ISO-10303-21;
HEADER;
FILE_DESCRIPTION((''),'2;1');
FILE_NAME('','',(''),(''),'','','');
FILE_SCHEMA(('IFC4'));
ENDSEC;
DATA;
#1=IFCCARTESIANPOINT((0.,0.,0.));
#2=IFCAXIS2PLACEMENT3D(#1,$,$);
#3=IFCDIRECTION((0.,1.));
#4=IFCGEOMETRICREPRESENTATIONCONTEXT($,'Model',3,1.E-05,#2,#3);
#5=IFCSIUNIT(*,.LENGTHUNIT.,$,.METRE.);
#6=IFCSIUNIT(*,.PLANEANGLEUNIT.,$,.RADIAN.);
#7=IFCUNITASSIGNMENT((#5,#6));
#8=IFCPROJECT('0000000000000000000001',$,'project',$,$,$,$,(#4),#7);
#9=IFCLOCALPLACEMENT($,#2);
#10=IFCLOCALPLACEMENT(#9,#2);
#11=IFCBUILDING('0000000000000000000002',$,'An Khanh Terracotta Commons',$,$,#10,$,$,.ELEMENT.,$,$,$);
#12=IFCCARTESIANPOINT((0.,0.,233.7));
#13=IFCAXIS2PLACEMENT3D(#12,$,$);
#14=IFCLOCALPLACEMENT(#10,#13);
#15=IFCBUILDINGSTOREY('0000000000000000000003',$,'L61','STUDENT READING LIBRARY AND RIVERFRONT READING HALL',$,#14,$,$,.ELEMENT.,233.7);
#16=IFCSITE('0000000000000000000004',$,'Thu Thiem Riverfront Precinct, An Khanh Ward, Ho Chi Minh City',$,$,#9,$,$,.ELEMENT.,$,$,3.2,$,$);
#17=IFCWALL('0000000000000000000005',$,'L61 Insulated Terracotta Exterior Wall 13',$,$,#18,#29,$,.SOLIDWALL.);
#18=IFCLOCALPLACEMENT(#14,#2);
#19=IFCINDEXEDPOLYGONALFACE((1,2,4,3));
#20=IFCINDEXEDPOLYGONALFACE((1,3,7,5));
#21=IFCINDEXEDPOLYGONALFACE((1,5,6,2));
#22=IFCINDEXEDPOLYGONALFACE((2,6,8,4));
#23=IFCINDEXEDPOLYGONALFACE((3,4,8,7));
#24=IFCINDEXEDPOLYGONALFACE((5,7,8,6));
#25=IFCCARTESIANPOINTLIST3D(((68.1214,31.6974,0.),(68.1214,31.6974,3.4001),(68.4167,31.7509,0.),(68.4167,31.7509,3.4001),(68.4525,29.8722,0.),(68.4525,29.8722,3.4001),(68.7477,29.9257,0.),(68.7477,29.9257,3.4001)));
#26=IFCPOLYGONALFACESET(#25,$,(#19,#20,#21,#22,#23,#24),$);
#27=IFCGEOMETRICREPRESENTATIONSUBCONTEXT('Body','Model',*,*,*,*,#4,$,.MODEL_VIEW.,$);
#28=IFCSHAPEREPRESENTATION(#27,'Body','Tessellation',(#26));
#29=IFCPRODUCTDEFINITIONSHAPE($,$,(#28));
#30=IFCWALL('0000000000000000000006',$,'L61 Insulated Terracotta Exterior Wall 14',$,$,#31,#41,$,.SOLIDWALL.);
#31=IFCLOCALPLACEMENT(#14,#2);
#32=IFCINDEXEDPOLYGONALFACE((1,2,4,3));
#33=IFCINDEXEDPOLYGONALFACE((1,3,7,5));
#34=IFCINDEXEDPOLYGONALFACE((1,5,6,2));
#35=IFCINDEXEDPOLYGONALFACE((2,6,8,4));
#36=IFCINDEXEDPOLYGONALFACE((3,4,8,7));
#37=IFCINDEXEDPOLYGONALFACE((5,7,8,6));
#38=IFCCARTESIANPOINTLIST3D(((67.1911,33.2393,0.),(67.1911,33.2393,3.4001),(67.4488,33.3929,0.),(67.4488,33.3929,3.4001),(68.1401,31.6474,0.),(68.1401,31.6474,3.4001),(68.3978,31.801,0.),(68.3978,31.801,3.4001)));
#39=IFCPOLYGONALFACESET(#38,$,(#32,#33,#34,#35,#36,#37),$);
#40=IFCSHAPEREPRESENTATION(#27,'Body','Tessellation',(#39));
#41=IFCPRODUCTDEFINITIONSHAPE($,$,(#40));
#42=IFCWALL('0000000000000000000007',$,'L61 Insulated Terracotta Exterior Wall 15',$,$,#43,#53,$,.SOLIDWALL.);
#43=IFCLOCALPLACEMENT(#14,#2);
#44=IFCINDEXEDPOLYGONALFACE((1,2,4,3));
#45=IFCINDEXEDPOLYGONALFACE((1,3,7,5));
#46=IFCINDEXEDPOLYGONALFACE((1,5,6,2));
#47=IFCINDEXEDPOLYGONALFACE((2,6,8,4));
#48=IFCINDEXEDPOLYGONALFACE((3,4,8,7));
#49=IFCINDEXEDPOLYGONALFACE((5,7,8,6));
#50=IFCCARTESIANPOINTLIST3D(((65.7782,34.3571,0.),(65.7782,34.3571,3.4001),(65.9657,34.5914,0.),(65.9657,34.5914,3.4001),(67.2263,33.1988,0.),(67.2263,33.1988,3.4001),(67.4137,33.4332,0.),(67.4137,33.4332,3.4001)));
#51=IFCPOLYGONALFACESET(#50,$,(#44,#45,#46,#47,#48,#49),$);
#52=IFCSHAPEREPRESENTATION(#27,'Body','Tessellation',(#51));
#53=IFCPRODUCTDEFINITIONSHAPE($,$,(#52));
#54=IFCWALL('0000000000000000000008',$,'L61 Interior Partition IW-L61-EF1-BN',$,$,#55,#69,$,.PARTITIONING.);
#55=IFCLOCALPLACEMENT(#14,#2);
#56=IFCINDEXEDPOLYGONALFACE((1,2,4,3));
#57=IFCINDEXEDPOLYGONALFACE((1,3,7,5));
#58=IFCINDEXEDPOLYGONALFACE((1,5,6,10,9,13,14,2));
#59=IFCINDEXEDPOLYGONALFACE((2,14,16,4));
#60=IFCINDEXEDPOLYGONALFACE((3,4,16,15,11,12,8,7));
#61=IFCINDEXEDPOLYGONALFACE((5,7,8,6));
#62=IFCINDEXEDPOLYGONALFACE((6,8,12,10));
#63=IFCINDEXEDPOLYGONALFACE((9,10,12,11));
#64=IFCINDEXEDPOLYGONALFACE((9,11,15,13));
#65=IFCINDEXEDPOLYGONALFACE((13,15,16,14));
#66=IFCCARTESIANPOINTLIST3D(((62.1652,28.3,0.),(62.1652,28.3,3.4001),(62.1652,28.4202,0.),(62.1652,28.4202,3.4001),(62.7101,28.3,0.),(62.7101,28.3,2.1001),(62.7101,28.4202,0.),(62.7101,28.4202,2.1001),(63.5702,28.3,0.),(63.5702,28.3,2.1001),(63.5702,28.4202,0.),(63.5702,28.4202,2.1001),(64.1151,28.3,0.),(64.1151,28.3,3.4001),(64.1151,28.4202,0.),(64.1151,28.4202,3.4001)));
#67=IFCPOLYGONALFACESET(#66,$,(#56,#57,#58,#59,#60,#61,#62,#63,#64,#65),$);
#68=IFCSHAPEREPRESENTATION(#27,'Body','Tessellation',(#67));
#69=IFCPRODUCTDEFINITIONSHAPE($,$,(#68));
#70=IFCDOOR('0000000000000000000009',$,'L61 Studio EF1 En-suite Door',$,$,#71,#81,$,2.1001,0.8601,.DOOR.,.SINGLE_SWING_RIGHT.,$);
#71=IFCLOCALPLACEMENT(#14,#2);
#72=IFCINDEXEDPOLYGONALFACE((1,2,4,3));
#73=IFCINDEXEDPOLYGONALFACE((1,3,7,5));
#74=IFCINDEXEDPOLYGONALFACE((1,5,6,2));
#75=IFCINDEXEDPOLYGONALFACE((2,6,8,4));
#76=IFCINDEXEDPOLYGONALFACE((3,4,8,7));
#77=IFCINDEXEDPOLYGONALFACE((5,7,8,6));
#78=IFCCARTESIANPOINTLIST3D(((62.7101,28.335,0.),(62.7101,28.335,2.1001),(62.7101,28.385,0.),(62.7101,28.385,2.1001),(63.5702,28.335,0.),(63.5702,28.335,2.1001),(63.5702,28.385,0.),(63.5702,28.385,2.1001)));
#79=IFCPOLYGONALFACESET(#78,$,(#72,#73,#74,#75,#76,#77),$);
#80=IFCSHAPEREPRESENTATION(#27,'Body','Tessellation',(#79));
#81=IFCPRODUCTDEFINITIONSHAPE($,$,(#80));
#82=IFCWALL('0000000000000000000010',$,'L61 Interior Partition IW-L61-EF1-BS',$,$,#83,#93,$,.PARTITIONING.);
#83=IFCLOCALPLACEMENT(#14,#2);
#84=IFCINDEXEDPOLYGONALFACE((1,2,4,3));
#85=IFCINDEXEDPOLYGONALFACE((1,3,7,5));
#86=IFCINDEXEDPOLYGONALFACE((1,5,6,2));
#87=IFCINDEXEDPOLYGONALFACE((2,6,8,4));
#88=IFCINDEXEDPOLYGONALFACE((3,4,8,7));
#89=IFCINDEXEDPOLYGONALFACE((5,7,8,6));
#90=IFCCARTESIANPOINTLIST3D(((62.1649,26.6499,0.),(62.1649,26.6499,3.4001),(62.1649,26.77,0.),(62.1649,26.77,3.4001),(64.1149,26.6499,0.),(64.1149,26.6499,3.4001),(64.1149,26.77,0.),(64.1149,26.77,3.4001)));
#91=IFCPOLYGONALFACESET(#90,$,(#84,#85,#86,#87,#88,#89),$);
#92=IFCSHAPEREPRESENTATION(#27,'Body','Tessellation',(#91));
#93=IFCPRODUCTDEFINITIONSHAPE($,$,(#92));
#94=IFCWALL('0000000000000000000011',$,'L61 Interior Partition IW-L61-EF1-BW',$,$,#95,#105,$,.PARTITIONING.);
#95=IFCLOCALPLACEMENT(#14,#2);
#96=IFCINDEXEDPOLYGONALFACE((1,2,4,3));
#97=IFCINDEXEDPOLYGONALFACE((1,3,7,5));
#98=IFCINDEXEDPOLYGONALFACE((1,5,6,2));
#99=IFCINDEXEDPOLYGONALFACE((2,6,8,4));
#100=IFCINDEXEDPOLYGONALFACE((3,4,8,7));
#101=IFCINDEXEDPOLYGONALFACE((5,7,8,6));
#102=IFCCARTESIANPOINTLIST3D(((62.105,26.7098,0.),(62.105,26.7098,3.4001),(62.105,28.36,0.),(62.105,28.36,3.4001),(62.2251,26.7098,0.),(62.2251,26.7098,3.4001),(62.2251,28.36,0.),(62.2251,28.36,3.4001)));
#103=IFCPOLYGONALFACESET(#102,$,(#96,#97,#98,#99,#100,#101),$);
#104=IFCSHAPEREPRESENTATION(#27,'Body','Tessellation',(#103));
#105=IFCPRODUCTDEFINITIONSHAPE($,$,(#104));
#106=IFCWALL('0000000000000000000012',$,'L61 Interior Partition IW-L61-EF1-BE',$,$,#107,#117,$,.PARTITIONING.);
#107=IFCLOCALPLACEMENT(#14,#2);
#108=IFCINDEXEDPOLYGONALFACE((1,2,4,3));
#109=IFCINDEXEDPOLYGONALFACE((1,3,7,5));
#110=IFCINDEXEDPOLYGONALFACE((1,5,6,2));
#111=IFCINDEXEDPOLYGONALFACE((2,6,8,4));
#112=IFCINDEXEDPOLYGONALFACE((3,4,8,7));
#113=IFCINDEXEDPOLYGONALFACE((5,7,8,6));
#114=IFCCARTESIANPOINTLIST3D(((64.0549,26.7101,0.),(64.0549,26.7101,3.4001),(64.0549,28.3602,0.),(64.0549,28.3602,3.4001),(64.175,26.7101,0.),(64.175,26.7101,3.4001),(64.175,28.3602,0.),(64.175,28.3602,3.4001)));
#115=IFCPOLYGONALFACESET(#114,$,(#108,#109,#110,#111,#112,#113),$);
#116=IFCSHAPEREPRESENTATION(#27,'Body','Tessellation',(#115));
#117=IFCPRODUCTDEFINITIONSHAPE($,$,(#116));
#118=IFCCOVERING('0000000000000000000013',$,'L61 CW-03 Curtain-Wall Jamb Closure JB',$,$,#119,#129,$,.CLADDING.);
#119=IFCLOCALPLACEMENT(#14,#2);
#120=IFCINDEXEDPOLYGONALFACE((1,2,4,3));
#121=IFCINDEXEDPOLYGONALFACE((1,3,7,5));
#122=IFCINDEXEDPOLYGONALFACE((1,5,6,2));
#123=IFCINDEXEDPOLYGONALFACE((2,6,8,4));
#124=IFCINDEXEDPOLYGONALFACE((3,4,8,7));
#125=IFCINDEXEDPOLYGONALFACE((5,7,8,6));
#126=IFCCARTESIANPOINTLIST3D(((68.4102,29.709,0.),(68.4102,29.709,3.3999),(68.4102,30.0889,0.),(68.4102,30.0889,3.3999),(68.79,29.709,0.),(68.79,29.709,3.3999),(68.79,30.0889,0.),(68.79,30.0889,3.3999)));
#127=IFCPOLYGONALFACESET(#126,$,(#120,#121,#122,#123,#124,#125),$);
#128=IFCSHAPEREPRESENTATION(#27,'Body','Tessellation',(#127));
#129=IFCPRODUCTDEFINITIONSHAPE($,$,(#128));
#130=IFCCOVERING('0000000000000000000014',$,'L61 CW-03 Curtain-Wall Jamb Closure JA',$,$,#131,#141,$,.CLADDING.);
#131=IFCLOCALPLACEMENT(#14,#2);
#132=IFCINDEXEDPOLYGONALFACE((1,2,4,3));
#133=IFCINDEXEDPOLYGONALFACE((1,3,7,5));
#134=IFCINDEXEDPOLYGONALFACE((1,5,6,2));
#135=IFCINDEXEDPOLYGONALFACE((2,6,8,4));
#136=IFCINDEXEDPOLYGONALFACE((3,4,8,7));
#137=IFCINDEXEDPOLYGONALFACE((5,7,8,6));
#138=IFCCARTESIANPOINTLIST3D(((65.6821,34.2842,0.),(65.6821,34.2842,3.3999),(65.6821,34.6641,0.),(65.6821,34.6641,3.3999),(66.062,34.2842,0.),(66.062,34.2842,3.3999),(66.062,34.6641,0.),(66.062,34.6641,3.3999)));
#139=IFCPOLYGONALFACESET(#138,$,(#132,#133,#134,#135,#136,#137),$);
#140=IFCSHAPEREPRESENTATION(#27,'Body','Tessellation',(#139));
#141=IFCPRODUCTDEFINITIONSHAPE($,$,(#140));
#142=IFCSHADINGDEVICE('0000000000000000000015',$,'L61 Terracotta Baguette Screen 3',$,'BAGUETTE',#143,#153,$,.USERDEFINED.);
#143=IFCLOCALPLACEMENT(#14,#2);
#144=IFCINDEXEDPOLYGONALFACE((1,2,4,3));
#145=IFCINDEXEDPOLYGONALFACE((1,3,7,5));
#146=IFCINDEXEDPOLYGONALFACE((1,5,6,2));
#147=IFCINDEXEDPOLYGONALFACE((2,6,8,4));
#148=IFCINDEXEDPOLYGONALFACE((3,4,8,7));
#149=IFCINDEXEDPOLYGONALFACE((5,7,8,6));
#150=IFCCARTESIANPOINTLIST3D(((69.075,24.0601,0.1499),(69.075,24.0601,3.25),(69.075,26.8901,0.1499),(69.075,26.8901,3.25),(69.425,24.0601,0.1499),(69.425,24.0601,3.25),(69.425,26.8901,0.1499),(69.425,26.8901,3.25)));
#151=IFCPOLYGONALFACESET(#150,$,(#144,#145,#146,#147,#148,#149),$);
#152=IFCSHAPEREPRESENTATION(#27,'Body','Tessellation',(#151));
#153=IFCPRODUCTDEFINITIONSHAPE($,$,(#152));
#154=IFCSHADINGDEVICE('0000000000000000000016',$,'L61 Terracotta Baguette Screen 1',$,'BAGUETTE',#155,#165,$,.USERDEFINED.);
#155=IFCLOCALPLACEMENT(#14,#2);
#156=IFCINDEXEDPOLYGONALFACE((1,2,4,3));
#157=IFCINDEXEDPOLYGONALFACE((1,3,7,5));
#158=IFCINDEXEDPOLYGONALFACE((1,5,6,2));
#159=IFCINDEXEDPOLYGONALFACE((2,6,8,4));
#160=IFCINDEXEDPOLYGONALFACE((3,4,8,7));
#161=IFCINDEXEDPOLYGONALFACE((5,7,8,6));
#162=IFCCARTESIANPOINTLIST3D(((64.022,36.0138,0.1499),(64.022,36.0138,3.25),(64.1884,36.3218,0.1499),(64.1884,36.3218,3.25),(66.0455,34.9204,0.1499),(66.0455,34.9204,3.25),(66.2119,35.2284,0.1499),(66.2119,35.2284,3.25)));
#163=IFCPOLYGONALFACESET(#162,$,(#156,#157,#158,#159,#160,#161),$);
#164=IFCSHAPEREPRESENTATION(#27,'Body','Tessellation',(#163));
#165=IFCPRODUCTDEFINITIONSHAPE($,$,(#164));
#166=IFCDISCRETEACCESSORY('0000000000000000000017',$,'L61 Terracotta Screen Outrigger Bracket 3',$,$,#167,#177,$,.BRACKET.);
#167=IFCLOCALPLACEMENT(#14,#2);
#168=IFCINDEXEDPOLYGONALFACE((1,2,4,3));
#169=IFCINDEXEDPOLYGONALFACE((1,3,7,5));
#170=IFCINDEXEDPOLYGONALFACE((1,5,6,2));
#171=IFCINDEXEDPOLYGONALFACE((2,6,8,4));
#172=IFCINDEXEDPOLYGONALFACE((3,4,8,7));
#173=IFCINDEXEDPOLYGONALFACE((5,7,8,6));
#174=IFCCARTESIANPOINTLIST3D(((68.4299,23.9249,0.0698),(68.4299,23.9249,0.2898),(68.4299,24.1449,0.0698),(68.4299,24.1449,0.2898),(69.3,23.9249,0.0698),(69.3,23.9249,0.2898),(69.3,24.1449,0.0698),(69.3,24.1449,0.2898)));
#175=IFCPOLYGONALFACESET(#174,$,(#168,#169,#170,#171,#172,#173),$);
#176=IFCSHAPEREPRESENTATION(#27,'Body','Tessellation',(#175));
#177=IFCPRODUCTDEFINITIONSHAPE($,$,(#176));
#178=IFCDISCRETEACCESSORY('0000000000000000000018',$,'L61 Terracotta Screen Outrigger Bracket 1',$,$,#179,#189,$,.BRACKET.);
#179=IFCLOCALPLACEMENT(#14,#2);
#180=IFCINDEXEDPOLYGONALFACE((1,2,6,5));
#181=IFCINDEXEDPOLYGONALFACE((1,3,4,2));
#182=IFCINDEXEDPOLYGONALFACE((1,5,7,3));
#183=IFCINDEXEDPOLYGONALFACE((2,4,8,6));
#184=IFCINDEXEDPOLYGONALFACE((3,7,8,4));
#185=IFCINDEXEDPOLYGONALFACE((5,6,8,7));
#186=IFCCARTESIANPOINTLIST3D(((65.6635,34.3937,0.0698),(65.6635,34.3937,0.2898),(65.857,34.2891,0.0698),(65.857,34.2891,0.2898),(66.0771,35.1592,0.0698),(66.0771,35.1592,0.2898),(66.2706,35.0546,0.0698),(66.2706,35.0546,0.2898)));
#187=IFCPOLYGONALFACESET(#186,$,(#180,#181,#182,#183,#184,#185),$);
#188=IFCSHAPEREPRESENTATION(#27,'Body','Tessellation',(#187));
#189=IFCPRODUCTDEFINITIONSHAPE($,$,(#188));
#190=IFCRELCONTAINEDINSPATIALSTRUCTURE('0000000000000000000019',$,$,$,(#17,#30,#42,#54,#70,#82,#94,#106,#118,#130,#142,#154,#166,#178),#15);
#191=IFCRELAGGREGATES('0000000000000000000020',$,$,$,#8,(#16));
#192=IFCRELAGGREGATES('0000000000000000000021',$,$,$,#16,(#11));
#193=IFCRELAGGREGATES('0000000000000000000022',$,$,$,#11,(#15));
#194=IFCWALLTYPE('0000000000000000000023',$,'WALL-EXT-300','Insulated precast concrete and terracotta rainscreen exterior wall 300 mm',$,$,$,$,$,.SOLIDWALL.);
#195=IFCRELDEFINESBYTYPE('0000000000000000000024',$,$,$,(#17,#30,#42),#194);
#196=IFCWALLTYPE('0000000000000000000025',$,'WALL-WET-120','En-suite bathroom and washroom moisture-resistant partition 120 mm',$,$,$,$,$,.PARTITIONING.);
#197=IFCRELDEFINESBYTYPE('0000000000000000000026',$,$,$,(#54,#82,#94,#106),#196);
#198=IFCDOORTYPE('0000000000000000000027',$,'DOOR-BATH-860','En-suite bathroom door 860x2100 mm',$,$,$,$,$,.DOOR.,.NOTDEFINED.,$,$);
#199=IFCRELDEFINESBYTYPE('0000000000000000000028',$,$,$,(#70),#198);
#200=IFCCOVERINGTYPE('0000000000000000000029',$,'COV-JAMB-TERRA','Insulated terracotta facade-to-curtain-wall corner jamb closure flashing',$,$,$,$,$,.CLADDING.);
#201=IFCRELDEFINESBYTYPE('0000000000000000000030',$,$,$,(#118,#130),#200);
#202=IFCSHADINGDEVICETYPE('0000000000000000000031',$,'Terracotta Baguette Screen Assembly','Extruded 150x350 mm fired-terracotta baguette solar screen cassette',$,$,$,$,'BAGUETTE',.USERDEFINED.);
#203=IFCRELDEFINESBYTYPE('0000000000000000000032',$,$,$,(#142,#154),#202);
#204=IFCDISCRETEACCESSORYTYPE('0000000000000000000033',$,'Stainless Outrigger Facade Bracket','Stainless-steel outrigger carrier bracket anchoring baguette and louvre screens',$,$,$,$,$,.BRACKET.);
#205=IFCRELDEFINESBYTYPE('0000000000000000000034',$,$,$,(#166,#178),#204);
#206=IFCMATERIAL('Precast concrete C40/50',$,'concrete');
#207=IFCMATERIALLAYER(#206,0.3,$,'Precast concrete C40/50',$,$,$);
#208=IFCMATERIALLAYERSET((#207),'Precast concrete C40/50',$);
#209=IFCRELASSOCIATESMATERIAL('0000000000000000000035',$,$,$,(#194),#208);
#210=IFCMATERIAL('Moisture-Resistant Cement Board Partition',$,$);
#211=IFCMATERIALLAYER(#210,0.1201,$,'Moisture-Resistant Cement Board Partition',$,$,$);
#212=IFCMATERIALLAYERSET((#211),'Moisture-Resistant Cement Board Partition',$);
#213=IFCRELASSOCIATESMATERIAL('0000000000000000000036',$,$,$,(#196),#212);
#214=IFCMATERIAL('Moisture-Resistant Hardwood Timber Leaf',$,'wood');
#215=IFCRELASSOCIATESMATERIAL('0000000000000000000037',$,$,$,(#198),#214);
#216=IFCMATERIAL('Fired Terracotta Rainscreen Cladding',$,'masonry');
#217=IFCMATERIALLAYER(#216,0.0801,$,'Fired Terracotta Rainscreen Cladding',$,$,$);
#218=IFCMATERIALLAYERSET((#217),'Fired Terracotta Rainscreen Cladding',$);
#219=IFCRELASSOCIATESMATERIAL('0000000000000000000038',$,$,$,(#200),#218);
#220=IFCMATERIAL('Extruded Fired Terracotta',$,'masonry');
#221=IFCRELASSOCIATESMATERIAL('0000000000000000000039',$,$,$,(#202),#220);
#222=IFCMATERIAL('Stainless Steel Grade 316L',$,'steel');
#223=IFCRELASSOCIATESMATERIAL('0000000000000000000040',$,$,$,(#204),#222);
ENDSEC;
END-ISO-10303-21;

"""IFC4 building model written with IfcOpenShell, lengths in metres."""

from ifc_helpers import new_model, si_unit, direction, frame, frame_2d, origin, origin_2d, place, context, subcontext, project, spatial, rectangle, extrude, material, layer, layer_set, type_object, element, fill, save


model = new_model("IFC4")

# Units and contexts
model_context = context("Model", 3, precision=1e-05, world=origin(), true_north=direction((0.0, 1.0)))
body_context = subcontext(model_context, "Body", "Model", "MODEL_VIEW")
ifc_project = project(units=[si_unit("LENGTHUNIT", "METRE"), si_unit("PLANEANGLEUNIT", "RADIAN")], contexts=[model_context])

# Site, building, storey
site_placement = place(None, origin())
site = spatial("IfcSite", under=ifc_project, at=site_placement, Name="Thu Thiem Riverfront Precinct, An Khanh Ward, Ho Chi Minh City", CompositionType="ELEMENT", RefElevation=3.2)
building_placement = place(site_placement, origin())
building = spatial("IfcBuilding", under=site, at=building_placement, Name="An Khanh Terracotta Commons", CompositionType="ELEMENT")
storey_placement = place(building_placement, frame((0.0, 0.0, 233.7)))
storey = spatial("IfcBuildingStorey", under=building, at=storey_placement, Name="L61", Description="STUDENT READING LIBRARY AND RIVERFRONT READING HALL", CompositionType="ELEMENT", Elevation=233.7)

# Walls
ifc_material_1 = material(Name="Precast concrete C40/50", Category="concrete")
ifc_layer_1 = layer(ifc_material_1, 0.3, Name="Precast concrete C40/50")
ifc_layer_set_1 = layer_set([ifc_layer_1], Name="Precast concrete C40/50")
wall_type_1 = type_object("IfcWallType", Name="WALL-EXT-300", Description="Insulated precast concrete and terracotta rainscreen exterior wall 300 mm", PredefinedType="SOLIDWALL", material=ifc_layer_set_1)
wall_1_placement = place(storey_placement, frame((68.6001, 29.8989, 0.0), z_axis=(0.0, 0.0, 1.0), x_axis=(-0.178468, 0.983946, 0.0)))
element("IfcWall", 1, at=wall_1_placement, inside=storey, type_object=wall_type_1, Name="L61 Insulated Terracotta Exterior Wall 13", PredefinedType="SOLIDWALL", context=body_context, shape_type="SweptSolid", body=[
    extrude(rectangle(XDim=1.855, YDim=0.3, at=frame_2d((0.9275, 0.0))), origin(), (0.0, 0.0, 1.0), 3.4001),
])
wall_2_placement = place(storey_placement, frame((68.269, 31.7241, 0.0), z_axis=(0.0, 0.0, 1.0), x_axis=(-0.512072, 0.858943, 0.0)))
element("IfcWall", 2, at=wall_2_placement, inside=storey, type_object=wall_type_1, Name="L61 Insulated Terracotta Exterior Wall 14", PredefinedType="SOLIDWALL", context=body_context, shape_type="SweptSolid", body=[
    extrude(rectangle(XDim=1.8533, YDim=0.3, at=frame_2d((0.9268, 0.0))), origin(), (0.0, 0.0, 1.0), 3.4001),
])
wall_3_placement = place(storey_placement, frame((67.3201, 33.3159, 0.0), z_axis=(0.0, 0.0, 1.0), x_axis=(-0.78092, 0.624631, 0.0)))
element("IfcWall", 3, at=wall_3_placement, inside=storey, type_object=wall_type_1, Name="L61 Insulated Terracotta Exterior Wall 15", PredefinedType="SOLIDWALL", context=body_context, shape_type="SweptSolid", body=[
    extrude(rectangle(XDim=1.8542, YDim=0.3, at=frame_2d((0.9272, 0.0))), origin(), (0.0, 0.0, 1.0), 3.4001),
])

# Wall, opening, door
ifc_material_2 = material(Name="Moisture-Resistant Cement Board Partition")
ifc_layer_2 = layer(ifc_material_2, 0.1201, Name="Moisture-Resistant Cement Board Partition")
ifc_layer_set_2 = layer_set([ifc_layer_2], Name="Moisture-Resistant Cement Board Partition")
wall_type_2 = type_object("IfcWallType", Name="WALL-WET-120", Description="En-suite bathroom and washroom moisture-resistant partition 120 mm", PredefinedType="PARTITIONING", material=ifc_layer_set_2)
wall_4_placement = place(storey_placement, frame((62.165, 28.3601, 0.0), z_axis=(0.0, 0.0, 1.0), x_axis=(1.0, 0.0, 0.0)))
wall_4 = element("IfcWall", 4, at=wall_4_placement, inside=storey, type_object=wall_type_2, Name="L61 Interior Partition IW-L61-EF1-BN", PredefinedType="PARTITIONING", context=body_context, shape_type="SweptSolid", body=[
    extrude(rectangle(XDim=1.95, YDim=0.1201, at=frame_2d((0.9751, 0.0))), origin(), (0.0, 0.0, 1.0), 3.4001),
])
opening_placement = place(wall_4_placement, frame((0.5449, 0.0, 0.0)))
opening = element("IfcOpeningElement", 5, at=opening_placement, cuts=wall_4, PredefinedType="OPENING", context=body_context, shape_type="SweptSolid", body=[
    extrude(rectangle(XDim=0.8601, YDim=2.1001, at=frame_2d((0.4302, 1.05))), frame((0.0, 0.0701, 0.0), z_axis=(0.0, -1.0, 0.0), x_axis=(1.0, 0.0, 0.0)), (0.0, 0.0, 1.0), 0.1401),
])
ifc_material_3 = material(Name="Moisture-Resistant Hardwood Timber Leaf", Category="wood")
door_type = type_object("IfcDoorType", Name="DOOR-BATH-860", Description="En-suite bathroom door 860x2100 mm", OperationType="NOTDEFINED", PredefinedType="DOOR", material=ifc_material_3)
door_placement = place(opening_placement, origin())
door = element("IfcDoor", 6, at=door_placement, inside=storey, type_object=door_type, Name="L61 Studio EF1 En-suite Door", OperationType="SINGLE_SWING_RIGHT", OverallHeight=2.1001, OverallWidth=0.8601, PredefinedType="DOOR", context=body_context, shape_type="SweptSolid", body=[
    extrude(rectangle(XDim=0.8601, YDim=2.1001, at=frame_2d((0.4302, 1.05))), frame((0.0, 0.0249, 0.0), z_axis=(0.0, -1.0, 0.0), x_axis=(1.0, 0.0, 0.0)), (0.0, 0.0, 1.0), 0.05),
])
fill(opening, door)

# Walls
wall_5_placement = place(storey_placement, frame((64.115, 26.71, 0.0), z_axis=(0.0, 0.0, 1.0), x_axis=(-1.0, 0.0, 0.0)))
element("IfcWall", 7, at=wall_5_placement, inside=storey, type_object=wall_type_2, Name="L61 Interior Partition IW-L61-EF1-BS", PredefinedType="PARTITIONING", context=body_context, shape_type="SweptSolid", body=[
    extrude(rectangle(XDim=1.95, YDim=0.1201, at=frame_2d((0.9751, 0.0))), origin(), (0.0, 0.0, 1.0), 3.4001),
])
for number, where, z_axis, x_axis, name in (
    (8, (62.165, 28.3601, 0.0), (0.0, 0.0, 1.0), (0.0, -1.0, 0.0), "L61 Interior Partition IW-L61-EF1-BW"),
    (9, (64.115, 26.71, 0.0), (0.0, 0.0, 1.0), (0.0, 1.0, 0.0), "L61 Interior Partition IW-L61-EF1-BE"),
):
    element("IfcWall", number, at=place(storey_placement, frame(where, z_axis=z_axis, x_axis=x_axis)), inside=storey, type_object=wall_type_2, Name=name, PredefinedType="PARTITIONING", context=body_context, shape_type="SweptSolid", body=[
        extrude(rectangle(XDim=1.6501, YDim=0.1201, at=frame_2d((0.8252, 0.0))), origin(), (0.0, 0.0, 1.0), 3.4001),
    ])

# Coverings
ifc_material_4 = material(Name="Fired Terracotta Rainscreen Cladding", Category="masonry")
ifc_layer_3 = layer(ifc_material_4, 0.0801, Name="Fired Terracotta Rainscreen Cladding")
ifc_layer_set_3 = layer_set([ifc_layer_3], Name="Fired Terracotta Rainscreen Cladding")
covering_type = type_object("IfcCoveringType", Name="COV-JAMB-TERRA", Description="Insulated terracotta facade-to-curtain-wall corner jamb closure flashing", PredefinedType="CLADDING", material=ifc_layer_set_3)
for number, where, z_axis, x_axis, name in (
    (10, (68.6001, 29.8989, 0.0), (0.0, 0.0, 1.0), (1.0, 0.0, 0.0), "L61 CW-03 Curtain-Wall Jamb Closure JB"),
    (11, (65.8721, 34.4741, 0.0), (0.0, 0.0, 1.0), (1.0, 0.0, 0.0), "L61 CW-03 Curtain-Wall Jamb Closure JA"),
):
    element("IfcCovering", number, at=place(storey_placement, frame(where, z_axis=z_axis, x_axis=x_axis)), inside=storey, type_object=covering_type, Name=name, PredefinedType="CLADDING", context=body_context, shape_type="SweptSolid", body=[
        extrude(rectangle(XDim=0.3799, YDim=0.3799, at=origin_2d()), origin(), (0.0, 0.0, 1.0), 3.3999),
    ])

# Shading devices
ifc_material_5 = material(Name="Extruded Fired Terracotta", Category="masonry")
shading_device_type = type_object("IfcShadingDeviceType", Name="Terracotta Baguette Screen Assembly", Description="Extruded 150x350 mm fired-terracotta baguette solar screen cassette", ElementType="BAGUETTE", PredefinedType="USERDEFINED", material=ifc_material_5)
shading_device_1_placement = place(storey_placement, frame((69.25, 25.4751, 0.1499), z_axis=(0.0, 0.0, 1.0), x_axis=(0.0, 1.0, 0.0)))
element("IfcShadingDevice", 12, at=shading_device_1_placement, inside=storey, type_object=shading_device_type, Name="L61 Terracotta Baguette Screen 3", ObjectType="BAGUETTE", PredefinedType="USERDEFINED", context=body_context, shape_type="SweptSolid", body=[
    extrude(rectangle(XDim=2.8301, YDim=0.3501, at=origin_2d()), origin(), (0.0, 0.0, 1.0), 3.1001),
])
shading_device_2_placement = place(storey_placement, frame((65.1169, 35.6211, 0.1499), z_axis=(0.0, 0.0, 1.0), x_axis=(-0.87978, 0.475381, 0.0)))
element("IfcShadingDevice", 13, at=shading_device_2_placement, inside=storey, type_object=shading_device_type, Name="L61 Terracotta Baguette Screen 1", ObjectType="BAGUETTE", PredefinedType="USERDEFINED", context=body_context, shape_type="SweptSolid", body=[
    extrude(rectangle(XDim=2.3, YDim=0.3501, at=origin_2d()), origin(), (0.0, 0.0, 1.0), 3.1001),
])

# Discrete accessories
ifc_material_6 = material(Name="Stainless Steel Grade 316L", Category="steel")
discrete_accessory_type = type_object("IfcDiscreteAccessoryType", Name="Stainless Outrigger Facade Bracket", Description="Stainless-steel outrigger carrier bracket anchoring baguette and louvre screens", PredefinedType="BRACKET", material=ifc_material_6)
for number, where, z_axis, x_axis, name in (
    (14, (68.865, 24.0349, 0.0698), (0.0, 0.0, 1.0), (0.0, 1.0, 0.0), "L61 Terracotta Screen Outrigger Bracket 3"),
    (15, (65.967, 34.7241, 0.0698), (0.0, 0.0, 1.0), (-0.87978, 0.475381, 0.0), "L61 Terracotta Screen Outrigger Bracket 1"),
):
    element("IfcDiscreteAccessory", number, at=place(storey_placement, frame(where, z_axis=z_axis, x_axis=x_axis)), inside=storey, type_object=discrete_accessory_type, Name=name, PredefinedType="BRACKET", context=body_context, shape_type="SweptSolid", body=[
        extrude(rectangle(XDim=0.22, YDim=0.8701, at=origin_2d()), origin(), (0.0, 0.0, 1.0), 0.22),
    ])

save(model, "model.ifc")
